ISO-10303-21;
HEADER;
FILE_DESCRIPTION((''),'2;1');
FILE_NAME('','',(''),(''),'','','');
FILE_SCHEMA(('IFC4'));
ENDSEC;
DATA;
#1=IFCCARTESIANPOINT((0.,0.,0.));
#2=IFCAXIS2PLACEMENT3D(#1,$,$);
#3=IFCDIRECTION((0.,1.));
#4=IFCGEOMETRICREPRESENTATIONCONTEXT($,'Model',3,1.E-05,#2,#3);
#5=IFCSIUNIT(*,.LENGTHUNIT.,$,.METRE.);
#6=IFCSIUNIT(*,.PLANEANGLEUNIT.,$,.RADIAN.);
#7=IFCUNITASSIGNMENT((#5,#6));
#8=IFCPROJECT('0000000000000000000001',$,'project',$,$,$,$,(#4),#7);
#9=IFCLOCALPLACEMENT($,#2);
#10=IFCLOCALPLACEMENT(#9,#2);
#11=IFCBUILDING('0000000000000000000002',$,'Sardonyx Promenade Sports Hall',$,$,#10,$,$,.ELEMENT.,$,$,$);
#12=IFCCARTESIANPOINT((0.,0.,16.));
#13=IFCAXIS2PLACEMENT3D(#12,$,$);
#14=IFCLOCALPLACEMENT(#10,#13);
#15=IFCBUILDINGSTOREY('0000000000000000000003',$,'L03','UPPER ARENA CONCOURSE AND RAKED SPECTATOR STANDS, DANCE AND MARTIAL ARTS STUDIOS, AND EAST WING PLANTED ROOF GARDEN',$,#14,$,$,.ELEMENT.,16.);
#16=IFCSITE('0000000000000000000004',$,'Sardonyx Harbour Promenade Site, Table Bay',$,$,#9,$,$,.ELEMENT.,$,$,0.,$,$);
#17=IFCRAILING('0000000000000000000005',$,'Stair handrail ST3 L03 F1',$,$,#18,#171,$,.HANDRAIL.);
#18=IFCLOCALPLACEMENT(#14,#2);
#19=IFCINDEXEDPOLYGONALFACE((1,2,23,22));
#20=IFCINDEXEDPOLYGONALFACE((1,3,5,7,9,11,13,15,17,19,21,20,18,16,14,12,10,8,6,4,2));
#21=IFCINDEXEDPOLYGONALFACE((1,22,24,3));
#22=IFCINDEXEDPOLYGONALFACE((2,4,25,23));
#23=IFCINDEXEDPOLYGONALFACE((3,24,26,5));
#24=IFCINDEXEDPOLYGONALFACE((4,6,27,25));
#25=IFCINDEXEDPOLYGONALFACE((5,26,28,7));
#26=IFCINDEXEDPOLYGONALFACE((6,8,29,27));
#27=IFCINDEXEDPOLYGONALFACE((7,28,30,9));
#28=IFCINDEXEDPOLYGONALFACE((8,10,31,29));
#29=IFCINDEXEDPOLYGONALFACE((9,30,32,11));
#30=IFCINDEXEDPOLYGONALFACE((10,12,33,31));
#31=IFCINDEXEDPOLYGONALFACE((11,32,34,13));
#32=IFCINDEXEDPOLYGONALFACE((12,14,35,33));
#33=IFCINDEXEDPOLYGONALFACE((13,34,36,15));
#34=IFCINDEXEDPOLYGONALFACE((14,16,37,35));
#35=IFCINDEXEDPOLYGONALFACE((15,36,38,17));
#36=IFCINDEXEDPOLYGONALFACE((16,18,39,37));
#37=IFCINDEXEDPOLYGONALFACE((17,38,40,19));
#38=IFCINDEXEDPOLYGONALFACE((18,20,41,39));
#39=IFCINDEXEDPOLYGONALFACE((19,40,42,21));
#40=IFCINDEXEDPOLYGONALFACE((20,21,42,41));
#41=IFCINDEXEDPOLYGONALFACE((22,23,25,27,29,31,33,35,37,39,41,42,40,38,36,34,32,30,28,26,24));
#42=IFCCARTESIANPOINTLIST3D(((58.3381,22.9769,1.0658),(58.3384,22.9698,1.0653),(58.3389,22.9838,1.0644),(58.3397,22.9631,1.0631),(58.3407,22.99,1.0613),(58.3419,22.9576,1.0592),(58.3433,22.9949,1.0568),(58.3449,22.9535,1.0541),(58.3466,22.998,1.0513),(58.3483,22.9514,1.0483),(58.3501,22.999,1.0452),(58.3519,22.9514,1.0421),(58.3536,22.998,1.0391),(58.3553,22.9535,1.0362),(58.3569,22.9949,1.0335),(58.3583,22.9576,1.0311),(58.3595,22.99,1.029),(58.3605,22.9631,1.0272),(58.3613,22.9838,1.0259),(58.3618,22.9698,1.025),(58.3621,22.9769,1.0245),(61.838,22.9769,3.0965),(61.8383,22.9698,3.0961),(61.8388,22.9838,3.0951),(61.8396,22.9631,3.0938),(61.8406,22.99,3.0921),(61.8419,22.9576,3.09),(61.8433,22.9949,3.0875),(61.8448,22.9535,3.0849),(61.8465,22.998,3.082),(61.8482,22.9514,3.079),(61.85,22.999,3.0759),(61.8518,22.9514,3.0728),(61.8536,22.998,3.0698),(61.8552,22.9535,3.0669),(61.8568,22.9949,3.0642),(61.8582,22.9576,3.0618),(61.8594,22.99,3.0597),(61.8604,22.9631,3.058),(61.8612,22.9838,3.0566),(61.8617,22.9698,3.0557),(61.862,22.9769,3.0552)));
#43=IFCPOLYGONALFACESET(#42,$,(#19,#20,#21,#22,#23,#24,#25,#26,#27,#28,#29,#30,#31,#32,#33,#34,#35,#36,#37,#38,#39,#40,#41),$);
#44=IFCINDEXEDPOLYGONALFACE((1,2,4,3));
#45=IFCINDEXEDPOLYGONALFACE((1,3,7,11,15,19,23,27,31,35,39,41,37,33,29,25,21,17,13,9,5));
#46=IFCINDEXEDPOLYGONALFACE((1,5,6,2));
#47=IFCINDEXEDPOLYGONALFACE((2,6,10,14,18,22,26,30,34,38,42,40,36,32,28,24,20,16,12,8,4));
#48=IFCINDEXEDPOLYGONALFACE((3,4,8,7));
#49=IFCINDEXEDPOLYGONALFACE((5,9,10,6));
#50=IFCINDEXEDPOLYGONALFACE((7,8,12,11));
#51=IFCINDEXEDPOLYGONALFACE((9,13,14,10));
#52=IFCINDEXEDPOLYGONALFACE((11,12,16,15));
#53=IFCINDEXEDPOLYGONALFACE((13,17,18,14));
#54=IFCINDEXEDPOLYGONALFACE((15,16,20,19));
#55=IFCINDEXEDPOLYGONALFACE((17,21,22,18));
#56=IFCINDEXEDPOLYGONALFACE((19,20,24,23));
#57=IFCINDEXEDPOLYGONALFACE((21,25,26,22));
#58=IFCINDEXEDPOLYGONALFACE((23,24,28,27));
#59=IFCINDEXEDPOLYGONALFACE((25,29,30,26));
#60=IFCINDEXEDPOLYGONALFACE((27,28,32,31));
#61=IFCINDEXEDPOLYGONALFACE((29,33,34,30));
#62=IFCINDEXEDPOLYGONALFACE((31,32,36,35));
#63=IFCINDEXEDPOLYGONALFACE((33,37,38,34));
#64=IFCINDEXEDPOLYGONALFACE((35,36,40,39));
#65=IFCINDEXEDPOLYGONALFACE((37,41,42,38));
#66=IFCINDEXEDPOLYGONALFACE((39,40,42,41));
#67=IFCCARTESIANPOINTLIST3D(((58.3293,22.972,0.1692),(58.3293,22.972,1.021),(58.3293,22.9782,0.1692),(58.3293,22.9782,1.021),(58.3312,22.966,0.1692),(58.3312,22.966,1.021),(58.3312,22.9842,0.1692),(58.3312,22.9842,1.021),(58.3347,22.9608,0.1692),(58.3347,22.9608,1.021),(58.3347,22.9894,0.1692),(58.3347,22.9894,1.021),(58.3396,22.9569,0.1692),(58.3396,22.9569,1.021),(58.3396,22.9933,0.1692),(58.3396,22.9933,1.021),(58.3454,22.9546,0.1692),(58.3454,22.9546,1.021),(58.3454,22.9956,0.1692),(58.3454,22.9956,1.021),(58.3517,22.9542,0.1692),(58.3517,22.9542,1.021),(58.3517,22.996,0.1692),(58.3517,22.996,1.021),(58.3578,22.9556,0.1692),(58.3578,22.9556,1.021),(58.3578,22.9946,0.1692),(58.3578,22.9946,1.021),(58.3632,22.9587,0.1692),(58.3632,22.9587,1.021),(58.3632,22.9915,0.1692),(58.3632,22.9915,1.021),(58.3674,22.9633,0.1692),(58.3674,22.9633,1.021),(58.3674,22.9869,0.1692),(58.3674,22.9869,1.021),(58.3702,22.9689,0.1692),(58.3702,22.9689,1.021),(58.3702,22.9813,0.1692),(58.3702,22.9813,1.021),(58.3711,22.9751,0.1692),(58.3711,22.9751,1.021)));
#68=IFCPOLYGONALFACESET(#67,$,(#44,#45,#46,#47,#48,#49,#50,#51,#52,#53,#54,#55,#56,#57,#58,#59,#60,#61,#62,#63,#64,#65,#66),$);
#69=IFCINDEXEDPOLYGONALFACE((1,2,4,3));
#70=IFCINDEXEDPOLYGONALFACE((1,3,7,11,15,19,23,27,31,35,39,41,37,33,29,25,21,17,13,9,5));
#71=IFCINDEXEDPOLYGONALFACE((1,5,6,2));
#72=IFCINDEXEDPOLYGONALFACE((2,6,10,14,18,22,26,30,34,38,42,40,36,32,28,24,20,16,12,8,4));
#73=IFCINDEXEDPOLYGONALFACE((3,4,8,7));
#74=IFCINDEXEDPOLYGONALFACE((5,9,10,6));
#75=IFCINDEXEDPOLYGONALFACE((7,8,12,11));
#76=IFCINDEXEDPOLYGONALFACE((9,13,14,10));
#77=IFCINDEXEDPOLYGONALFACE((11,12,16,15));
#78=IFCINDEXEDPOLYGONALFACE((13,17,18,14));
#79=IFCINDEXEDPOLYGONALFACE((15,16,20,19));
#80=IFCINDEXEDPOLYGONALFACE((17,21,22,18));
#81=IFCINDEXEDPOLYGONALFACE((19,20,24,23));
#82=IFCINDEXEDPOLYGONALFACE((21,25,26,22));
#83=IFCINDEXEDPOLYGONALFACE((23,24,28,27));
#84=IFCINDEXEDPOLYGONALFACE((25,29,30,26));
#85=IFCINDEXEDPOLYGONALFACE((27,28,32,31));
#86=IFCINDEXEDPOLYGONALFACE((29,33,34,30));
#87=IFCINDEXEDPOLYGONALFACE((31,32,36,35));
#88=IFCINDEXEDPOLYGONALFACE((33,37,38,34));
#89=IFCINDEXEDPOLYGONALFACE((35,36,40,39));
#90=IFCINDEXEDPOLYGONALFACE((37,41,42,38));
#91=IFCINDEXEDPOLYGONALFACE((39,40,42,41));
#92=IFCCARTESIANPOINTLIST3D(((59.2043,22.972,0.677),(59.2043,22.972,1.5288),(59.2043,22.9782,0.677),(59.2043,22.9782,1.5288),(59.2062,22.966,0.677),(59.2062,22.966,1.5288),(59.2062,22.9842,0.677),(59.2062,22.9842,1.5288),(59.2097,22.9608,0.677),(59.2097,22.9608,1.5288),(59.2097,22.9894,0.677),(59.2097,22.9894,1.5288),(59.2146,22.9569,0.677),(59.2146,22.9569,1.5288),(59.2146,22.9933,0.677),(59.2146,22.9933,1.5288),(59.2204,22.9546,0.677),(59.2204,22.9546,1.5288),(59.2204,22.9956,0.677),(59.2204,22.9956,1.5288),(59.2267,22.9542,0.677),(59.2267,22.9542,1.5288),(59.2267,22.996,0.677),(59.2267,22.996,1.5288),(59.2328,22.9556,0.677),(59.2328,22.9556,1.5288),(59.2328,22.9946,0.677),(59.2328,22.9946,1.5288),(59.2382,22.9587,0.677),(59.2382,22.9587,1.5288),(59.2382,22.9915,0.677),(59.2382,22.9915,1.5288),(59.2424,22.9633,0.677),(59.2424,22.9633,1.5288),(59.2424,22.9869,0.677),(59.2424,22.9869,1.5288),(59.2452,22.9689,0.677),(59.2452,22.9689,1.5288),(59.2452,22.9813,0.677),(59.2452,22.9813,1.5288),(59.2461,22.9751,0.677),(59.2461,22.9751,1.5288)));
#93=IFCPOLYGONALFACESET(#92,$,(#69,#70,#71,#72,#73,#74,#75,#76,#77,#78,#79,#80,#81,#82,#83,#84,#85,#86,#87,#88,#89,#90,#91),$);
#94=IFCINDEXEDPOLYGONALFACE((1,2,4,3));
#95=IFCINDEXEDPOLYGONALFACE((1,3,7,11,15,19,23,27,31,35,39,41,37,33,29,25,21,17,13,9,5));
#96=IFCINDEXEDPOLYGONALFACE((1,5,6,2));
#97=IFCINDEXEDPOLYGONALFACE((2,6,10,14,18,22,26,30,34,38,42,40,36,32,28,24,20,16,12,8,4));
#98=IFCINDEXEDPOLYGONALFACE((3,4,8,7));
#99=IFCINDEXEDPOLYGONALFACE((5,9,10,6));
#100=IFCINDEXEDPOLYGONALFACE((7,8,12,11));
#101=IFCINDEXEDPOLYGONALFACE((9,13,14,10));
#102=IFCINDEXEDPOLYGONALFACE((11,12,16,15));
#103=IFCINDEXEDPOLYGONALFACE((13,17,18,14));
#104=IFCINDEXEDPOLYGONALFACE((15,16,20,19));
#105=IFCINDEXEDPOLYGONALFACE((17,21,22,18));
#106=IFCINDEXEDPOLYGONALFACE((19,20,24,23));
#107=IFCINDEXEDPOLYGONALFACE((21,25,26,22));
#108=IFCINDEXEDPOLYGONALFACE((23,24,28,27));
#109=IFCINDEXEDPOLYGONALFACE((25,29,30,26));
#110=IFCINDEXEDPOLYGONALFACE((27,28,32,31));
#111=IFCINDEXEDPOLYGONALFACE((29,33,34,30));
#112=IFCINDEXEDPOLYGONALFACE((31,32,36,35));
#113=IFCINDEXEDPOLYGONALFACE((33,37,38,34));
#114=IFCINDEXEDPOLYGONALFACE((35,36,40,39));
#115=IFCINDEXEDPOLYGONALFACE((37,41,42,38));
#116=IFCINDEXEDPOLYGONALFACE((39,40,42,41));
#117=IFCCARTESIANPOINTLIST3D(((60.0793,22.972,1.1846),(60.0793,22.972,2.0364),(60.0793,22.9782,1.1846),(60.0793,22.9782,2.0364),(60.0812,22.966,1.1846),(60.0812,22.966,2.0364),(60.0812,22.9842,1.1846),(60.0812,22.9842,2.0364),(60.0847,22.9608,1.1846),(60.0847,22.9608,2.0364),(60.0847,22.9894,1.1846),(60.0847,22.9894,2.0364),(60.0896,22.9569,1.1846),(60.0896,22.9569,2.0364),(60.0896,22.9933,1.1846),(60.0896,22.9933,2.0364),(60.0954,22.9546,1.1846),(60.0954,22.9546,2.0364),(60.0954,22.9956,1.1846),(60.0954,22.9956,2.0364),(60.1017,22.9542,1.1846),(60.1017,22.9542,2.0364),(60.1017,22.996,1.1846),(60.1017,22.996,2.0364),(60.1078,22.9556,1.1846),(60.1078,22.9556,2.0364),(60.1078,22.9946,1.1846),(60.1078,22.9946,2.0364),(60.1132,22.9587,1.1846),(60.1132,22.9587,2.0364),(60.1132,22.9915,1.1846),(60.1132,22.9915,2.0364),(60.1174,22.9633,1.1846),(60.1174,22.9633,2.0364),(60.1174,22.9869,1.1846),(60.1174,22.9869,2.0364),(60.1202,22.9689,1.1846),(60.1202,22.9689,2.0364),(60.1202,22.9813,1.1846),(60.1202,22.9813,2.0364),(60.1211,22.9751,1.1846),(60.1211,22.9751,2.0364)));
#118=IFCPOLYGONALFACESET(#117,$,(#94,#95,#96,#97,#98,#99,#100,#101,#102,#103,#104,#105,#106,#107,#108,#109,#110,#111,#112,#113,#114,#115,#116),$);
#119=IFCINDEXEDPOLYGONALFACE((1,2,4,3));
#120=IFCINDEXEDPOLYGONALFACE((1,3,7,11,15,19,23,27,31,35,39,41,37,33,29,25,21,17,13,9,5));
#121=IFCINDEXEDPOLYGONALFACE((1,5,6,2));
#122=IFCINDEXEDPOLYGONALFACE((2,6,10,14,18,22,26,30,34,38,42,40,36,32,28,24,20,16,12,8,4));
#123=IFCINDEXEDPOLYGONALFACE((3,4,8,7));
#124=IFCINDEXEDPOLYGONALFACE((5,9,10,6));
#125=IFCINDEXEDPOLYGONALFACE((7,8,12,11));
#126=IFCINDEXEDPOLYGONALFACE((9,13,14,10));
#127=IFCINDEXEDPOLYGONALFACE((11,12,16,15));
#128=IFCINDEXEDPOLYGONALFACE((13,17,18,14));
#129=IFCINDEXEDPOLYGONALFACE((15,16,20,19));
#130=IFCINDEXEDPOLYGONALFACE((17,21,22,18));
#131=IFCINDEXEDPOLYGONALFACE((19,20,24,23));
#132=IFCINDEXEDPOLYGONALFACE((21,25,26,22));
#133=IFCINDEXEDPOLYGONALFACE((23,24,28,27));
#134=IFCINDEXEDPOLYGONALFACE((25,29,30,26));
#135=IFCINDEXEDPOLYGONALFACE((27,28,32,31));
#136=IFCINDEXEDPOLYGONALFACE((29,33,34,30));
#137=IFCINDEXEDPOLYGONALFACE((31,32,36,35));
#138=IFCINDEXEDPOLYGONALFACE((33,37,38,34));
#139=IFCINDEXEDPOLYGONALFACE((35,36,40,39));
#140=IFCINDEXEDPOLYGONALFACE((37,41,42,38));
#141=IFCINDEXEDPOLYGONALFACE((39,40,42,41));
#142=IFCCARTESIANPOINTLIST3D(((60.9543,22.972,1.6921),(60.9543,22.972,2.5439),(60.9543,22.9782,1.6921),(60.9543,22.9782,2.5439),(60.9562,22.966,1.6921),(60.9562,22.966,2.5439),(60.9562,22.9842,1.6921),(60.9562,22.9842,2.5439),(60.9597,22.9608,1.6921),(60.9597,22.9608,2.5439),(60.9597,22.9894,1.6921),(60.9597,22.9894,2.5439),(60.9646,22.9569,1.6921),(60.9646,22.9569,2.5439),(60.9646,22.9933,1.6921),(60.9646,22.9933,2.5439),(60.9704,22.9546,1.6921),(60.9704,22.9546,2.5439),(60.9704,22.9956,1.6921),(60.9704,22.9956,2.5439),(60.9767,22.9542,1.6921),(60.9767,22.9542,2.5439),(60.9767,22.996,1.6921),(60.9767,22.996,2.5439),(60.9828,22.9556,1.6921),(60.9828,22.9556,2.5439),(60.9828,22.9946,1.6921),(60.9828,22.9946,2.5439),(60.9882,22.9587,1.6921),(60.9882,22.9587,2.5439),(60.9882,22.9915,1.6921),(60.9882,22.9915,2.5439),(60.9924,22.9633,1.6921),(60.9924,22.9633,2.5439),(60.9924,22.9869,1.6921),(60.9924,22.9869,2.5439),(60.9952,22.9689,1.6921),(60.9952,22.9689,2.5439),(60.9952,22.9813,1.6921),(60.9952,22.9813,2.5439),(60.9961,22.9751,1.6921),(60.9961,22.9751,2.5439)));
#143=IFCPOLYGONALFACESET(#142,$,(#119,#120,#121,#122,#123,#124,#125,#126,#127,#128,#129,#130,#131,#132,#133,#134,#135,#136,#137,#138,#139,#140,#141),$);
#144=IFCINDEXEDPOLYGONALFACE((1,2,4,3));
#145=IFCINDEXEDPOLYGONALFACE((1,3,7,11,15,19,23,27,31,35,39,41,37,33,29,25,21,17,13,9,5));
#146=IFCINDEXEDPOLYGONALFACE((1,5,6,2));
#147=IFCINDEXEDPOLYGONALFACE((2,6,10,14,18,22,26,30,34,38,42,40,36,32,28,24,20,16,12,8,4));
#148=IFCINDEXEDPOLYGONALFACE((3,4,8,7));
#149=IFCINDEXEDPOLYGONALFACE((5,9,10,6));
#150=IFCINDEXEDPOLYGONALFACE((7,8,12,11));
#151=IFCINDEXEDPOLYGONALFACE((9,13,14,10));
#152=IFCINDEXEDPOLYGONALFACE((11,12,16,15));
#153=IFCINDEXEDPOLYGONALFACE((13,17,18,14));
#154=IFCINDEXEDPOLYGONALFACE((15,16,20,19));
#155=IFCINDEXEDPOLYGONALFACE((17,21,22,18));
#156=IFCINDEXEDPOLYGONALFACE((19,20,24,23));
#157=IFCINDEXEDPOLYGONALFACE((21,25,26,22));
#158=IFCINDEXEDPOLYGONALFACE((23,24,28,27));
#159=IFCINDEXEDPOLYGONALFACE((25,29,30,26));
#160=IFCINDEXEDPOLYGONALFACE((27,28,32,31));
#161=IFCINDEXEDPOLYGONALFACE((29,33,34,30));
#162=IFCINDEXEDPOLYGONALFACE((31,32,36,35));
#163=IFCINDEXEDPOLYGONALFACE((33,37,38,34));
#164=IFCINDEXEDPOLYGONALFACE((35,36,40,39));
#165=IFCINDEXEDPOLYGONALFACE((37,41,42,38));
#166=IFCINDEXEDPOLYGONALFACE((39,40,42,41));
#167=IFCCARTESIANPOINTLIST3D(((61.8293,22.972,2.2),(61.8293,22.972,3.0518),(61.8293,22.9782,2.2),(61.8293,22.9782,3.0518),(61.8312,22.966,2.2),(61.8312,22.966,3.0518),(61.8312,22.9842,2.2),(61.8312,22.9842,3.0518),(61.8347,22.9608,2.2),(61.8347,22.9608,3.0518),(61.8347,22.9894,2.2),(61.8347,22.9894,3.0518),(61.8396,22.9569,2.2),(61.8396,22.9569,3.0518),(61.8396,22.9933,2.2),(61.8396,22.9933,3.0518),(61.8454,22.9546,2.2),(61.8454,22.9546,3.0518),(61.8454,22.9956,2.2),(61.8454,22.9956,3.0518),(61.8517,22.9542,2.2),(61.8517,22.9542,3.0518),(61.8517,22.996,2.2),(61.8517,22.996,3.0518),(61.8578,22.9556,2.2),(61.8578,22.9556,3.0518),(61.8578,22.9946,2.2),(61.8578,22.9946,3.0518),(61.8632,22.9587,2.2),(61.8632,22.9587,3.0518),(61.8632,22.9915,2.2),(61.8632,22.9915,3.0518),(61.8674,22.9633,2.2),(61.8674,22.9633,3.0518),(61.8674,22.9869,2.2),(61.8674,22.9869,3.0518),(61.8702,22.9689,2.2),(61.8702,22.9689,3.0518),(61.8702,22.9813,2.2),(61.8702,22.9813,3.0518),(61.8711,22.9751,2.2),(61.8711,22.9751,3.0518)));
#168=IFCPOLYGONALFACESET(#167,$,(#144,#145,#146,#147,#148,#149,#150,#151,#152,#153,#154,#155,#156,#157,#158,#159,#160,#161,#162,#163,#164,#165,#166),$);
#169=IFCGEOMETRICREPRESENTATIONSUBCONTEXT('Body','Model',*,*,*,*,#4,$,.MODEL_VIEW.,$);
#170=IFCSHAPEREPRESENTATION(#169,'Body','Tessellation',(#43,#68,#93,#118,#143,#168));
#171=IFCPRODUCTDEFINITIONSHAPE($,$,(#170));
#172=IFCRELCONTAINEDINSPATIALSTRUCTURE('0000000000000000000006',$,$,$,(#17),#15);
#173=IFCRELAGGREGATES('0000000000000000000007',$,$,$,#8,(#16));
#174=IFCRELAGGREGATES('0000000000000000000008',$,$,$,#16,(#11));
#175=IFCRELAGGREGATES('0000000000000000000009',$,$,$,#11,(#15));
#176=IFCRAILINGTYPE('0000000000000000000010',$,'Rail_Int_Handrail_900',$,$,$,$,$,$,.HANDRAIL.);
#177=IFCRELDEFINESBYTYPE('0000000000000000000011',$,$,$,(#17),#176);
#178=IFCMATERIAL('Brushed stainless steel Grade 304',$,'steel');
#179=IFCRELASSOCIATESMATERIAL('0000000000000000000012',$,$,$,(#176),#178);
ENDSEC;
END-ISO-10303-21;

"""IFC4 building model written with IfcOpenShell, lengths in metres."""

from ifc_helpers import new_model, si_unit, direction, frame, origin, origin_2d, place, context, subcontext, project, spatial, circle, extrude, material, type_object, element, save


model = new_model("IFC4")

# Units and contexts
model_context = context("Model", 3, precision=1e-05, world=origin(), true_north=direction((0.0, 1.0)))
body_context = subcontext(model_context, "Body", "Model", "MODEL_VIEW")
ifc_project = project(units=[si_unit("LENGTHUNIT", "METRE"), si_unit("PLANEANGLEUNIT", "RADIAN")], contexts=[model_context])

# Site, building, storey
site_placement = place(None, origin())
site = spatial("IfcSite", under=ifc_project, at=site_placement, Name="Sardonyx Harbour Promenade Site, Table Bay", CompositionType="ELEMENT", RefElevation=0.0)
building_placement = place(site_placement, origin())
building = spatial("IfcBuilding", under=site, at=building_placement, Name="Sardonyx Promenade Sports Hall", CompositionType="ELEMENT")
storey_placement = place(building_placement, frame((0.0, 0.0, 16.0)))
storey = spatial("IfcBuildingStorey", under=building, at=storey_placement, Name="L03", Description="UPPER ARENA CONCOURSE AND RAKED SPECTATOR STANDS, DANCE AND MARTIAL ARTS STUDIOS, AND EAST WING PLANTED ROOF GARDEN", CompositionType="ELEMENT", Elevation=16.0)

# Railing
ifc_material_1 = material(Name="Brushed stainless steel Grade 304", Category="steel")
railing_type_1 = type_object("IfcRailingType", Name="Rail_Int_Handrail_900", PredefinedType="HANDRAIL", material=ifc_material_1)
railing_1_placement = place(storey_placement, frame((58.3501, 22.9751, 0.1692)))
element("IfcRailing", 1, at=railing_1_placement, inside=storey, type_object=railing_type_1, Name="Stair handrail ST3 L03 F1", PredefinedType="HANDRAIL", context=body_context, shape_type="SweptSolid", body=[
    extrude(circle(Radius=0.0239, at=origin_2d()), frame((0.0, 0.0, 0.876), z_axis=(0.864949, 0.0, 0.501859), x_axis=(0.0, 1.0, 0.0)), (0.0, 0.0, 1.0), 4.0464),
    extrude(circle(Radius=0.021, at=origin_2d()), origin(), (0.0, 0.0, 1.0), 0.8518),
    extrude(circle(Radius=0.021, at=origin_2d()), frame((0.875, 0.0, 0.5078)), (0.0, 0.0, 1.0), 0.8518),
    extrude(circle(Radius=0.021, at=origin_2d()), frame((1.75, 0.0, 1.0154)), (0.0, 0.0, 1.0), 0.8518),
    extrude(circle(Radius=0.021, at=origin_2d()), frame((2.625, 0.0, 1.5229)), (0.0, 0.0, 1.0), 0.8518),
    extrude(circle(Radius=0.021, at=origin_2d()), frame((3.5, 0.0, 2.0308)), (0.0, 0.0, 1.0), 0.8518),
])

save(model, "model.ifc")
